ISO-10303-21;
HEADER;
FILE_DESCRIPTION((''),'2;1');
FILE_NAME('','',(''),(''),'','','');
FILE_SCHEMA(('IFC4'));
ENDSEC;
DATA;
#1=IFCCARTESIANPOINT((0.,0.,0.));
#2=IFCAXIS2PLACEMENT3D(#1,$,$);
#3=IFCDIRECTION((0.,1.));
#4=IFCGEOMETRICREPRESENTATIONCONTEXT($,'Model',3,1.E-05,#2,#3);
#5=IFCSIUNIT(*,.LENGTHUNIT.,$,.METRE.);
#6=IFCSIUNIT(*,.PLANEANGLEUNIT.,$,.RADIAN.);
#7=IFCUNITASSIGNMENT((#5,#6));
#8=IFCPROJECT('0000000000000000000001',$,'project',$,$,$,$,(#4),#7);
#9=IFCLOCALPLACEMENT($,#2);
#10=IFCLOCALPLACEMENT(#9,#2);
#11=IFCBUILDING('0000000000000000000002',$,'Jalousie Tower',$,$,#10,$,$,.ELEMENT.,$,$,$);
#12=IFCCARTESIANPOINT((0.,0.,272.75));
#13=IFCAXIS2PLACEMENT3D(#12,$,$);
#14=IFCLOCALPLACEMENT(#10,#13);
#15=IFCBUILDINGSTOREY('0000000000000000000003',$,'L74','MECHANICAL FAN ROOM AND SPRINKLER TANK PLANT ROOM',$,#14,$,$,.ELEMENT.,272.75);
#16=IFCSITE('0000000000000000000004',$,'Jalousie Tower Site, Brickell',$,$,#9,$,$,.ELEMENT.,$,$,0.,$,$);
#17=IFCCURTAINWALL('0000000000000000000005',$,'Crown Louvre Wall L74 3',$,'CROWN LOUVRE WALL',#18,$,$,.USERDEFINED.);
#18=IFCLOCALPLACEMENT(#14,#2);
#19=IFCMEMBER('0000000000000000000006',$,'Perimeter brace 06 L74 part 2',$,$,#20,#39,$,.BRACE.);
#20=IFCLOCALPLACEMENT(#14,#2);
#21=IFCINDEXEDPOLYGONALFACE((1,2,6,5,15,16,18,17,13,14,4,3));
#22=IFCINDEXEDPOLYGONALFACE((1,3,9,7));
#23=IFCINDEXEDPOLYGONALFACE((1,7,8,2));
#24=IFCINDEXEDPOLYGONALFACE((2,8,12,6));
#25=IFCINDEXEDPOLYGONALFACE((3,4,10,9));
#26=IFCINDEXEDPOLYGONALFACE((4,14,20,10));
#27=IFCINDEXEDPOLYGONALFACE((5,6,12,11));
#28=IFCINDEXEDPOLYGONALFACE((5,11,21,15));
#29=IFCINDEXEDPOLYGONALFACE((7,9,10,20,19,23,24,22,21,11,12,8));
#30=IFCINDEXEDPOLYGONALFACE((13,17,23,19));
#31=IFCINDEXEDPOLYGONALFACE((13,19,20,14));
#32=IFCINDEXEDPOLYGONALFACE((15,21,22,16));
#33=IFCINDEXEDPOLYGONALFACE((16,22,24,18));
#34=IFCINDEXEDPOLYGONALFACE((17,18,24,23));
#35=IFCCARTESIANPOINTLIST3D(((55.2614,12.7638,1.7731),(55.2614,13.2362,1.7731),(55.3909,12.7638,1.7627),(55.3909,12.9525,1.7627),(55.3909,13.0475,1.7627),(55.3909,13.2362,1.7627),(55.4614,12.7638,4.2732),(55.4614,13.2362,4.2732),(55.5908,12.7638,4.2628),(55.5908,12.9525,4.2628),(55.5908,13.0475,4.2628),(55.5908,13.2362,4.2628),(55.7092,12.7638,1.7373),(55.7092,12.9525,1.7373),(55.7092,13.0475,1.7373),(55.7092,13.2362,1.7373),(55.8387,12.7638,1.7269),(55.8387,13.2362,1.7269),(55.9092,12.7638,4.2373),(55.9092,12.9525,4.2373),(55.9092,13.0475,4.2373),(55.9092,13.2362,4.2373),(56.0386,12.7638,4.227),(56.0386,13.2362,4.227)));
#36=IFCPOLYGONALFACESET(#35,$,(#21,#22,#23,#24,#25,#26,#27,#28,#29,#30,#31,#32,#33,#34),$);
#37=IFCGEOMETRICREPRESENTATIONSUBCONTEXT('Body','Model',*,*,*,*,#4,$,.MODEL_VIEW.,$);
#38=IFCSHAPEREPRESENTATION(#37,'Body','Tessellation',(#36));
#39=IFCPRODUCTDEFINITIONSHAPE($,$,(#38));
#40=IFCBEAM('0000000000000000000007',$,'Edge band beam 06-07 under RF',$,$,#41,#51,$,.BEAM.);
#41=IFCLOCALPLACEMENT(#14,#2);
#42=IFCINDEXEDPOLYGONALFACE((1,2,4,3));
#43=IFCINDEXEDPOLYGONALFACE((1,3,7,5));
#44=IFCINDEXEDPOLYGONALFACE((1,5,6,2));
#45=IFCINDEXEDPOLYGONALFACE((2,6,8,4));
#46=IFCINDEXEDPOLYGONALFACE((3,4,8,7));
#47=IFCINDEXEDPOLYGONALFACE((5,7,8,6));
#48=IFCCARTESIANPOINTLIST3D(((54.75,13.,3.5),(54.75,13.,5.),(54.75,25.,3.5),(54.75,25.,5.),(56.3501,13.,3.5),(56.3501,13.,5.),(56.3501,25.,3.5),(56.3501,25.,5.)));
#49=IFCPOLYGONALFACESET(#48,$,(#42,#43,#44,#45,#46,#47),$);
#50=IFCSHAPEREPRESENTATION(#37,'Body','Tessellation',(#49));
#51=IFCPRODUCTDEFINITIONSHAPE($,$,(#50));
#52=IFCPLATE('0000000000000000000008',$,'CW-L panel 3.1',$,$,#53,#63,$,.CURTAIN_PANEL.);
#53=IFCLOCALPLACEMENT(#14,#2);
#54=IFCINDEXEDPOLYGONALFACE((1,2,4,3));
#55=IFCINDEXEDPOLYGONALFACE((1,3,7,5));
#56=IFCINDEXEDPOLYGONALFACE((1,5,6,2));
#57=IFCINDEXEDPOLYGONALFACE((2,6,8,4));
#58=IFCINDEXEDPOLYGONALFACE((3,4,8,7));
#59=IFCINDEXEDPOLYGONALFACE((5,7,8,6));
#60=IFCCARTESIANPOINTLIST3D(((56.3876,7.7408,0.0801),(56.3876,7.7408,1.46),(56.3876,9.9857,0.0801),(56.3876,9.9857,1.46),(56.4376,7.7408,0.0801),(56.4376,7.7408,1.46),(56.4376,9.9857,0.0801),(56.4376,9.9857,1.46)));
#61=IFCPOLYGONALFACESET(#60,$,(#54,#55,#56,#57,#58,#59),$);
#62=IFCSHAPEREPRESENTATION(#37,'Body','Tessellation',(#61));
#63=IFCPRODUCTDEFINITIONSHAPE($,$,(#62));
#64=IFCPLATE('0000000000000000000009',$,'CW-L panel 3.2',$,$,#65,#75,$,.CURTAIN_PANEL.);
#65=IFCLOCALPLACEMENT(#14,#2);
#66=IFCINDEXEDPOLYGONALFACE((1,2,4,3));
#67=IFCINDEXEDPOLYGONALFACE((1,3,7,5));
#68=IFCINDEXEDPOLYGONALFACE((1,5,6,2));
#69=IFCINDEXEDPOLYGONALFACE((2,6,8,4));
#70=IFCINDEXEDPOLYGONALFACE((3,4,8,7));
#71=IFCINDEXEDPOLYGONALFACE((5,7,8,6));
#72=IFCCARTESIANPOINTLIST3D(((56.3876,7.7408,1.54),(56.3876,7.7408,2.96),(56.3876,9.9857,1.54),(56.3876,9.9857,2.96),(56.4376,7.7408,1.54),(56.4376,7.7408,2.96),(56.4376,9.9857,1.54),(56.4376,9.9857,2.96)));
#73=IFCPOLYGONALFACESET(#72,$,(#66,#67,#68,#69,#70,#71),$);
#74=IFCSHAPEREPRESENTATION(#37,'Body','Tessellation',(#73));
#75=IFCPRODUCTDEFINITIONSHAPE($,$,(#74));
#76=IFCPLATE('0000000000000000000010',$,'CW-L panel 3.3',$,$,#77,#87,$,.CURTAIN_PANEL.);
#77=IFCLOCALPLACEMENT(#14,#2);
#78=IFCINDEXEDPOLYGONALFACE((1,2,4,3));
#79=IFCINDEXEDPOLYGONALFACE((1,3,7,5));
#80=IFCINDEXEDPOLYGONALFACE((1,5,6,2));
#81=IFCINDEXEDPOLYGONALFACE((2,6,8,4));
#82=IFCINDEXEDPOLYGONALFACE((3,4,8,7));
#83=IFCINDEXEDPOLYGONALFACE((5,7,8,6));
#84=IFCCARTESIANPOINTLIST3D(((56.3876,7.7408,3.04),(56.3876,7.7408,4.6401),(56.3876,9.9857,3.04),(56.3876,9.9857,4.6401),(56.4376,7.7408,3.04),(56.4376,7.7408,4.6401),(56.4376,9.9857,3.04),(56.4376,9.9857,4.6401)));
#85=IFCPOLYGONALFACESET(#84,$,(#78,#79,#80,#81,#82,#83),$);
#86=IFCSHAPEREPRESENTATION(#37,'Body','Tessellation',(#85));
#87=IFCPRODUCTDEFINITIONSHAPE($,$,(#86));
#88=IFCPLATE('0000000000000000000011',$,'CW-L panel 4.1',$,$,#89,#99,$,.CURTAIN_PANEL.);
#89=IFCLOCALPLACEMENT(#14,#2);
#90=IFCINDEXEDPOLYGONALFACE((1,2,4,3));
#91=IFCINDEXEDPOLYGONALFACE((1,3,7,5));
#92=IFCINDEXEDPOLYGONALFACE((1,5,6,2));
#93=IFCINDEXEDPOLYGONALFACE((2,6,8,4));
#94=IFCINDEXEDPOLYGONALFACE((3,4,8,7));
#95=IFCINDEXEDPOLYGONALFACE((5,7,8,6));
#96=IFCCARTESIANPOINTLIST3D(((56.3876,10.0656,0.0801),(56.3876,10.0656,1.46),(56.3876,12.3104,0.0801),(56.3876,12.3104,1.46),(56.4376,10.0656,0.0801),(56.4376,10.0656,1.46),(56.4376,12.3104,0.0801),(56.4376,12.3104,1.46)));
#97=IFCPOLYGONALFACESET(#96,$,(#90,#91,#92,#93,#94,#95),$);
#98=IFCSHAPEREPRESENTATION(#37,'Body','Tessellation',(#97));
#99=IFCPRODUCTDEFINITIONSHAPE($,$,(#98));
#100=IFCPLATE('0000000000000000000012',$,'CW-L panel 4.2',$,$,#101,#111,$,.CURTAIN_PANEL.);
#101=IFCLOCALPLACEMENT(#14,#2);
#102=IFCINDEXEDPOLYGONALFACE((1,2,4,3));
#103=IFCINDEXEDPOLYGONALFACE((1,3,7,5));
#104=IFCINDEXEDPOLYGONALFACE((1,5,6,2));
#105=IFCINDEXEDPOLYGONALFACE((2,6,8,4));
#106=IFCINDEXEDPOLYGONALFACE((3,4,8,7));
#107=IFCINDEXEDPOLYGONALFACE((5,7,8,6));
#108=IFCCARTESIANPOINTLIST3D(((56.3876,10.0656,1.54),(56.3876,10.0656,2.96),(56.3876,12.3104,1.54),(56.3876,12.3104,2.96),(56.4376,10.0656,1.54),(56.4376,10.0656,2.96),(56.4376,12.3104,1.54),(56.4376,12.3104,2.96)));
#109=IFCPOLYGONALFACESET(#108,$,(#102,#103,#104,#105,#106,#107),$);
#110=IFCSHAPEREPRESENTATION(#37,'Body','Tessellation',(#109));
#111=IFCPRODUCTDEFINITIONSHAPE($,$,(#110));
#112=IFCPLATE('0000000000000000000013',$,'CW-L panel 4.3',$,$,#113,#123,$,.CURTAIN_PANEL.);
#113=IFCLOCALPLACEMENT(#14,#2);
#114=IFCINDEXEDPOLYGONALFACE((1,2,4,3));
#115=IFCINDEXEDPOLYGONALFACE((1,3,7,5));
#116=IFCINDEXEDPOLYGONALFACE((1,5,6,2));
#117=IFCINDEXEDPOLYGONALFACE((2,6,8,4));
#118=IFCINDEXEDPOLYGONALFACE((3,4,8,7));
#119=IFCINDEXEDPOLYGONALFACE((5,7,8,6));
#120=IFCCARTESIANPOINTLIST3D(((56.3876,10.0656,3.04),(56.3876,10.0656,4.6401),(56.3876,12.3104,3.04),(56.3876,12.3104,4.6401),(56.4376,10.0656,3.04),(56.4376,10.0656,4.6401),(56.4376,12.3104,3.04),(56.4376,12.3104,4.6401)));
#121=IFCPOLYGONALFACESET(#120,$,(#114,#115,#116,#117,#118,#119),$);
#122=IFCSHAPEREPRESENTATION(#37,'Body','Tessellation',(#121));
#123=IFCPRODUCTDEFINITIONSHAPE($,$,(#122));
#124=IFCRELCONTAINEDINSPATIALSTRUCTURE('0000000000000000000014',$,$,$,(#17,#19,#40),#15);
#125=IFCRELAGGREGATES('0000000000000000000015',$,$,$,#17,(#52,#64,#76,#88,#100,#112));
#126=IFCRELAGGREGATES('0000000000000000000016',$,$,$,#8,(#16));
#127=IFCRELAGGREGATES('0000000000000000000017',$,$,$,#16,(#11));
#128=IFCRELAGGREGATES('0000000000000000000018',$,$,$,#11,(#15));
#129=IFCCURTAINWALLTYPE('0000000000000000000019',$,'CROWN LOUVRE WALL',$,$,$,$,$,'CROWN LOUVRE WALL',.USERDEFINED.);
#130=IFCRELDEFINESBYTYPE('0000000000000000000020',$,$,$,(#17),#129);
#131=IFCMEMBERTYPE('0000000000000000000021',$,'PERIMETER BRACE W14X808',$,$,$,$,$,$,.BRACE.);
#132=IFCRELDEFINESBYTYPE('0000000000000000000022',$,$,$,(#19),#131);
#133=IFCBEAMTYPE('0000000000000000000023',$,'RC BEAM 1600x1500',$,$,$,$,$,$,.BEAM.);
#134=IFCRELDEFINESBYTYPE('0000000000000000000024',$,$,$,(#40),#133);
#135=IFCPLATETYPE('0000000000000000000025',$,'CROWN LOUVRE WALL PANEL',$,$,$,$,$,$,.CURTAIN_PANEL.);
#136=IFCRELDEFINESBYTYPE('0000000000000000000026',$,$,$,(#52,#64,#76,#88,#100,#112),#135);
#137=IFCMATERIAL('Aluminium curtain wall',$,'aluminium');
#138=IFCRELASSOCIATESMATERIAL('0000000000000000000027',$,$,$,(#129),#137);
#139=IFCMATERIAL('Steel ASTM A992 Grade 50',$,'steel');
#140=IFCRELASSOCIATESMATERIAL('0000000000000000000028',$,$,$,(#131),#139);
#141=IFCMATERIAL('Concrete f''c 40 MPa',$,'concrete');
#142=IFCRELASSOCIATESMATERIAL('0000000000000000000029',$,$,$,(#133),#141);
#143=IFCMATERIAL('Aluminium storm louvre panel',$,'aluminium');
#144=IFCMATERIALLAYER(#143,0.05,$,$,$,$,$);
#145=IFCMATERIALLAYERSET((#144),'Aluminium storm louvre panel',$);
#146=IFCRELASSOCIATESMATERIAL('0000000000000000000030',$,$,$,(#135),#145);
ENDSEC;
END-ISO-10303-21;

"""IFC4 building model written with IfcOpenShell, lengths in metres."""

from ifc_helpers import new_model, si_unit, direction, frame, origin, origin_2d, place, context, subcontext, project, spatial, rectangle, i_section, extrude, material, layer, layer_set, material_profile, profile_set, type_object, element, aggregate, save


model = new_model("IFC4")

# Units and contexts
model_context = context("Model", 3, precision=1e-05, world=origin(), true_north=direction((0.0, 1.0)))
body_context = subcontext(model_context, "Body", "Model", "MODEL_VIEW")
ifc_project = project(units=[si_unit("LENGTHUNIT", "METRE"), si_unit("PLANEANGLEUNIT", "RADIAN")], contexts=[model_context])

# Site, building, storey
site_placement = place(None, origin())
site = spatial("IfcSite", under=ifc_project, at=site_placement, Name="Jalousie Tower Site, Brickell", CompositionType="ELEMENT", RefElevation=0.0)
building_placement = place(site_placement, origin())
building = spatial("IfcBuilding", under=site, at=building_placement, Name="Jalousie Tower", CompositionType="ELEMENT")
storey_placement = place(building_placement, frame((0.0, 0.0, 272.75)))
storey = spatial("IfcBuildingStorey", under=building, at=storey_placement, Name="L74", Description="MECHANICAL FAN ROOM AND SPRINKLER TANK PLANT ROOM", CompositionType="ELEMENT", Elevation=272.75)

# Curtain wall
ifc_material_1 = material(Name="Aluminium curtain wall", Category="aluminium")
curtain_wall_type = type_object("IfcCurtainWallType", Name="CROWN LOUVRE WALL", ElementType="CROWN LOUVRE WALL", PredefinedType="USERDEFINED", material=ifc_material_1)
curtain_wall_placement = place(storey_placement, origin())
curtain_wall = element("IfcCurtainWall", 1, at=curtain_wall_placement, inside=storey, type_object=curtain_wall_type, Name="Crown Louvre Wall L74 3", ObjectType="CROWN LOUVRE WALL", PredefinedType="USERDEFINED")

# Member
ifc_material_2 = material(Name="Steel ASTM A992 Grade 50", Category="steel")
ifc_material_profile_1 = material_profile(ifc_material_2, i_section(OverallWidth=0.4724, OverallDepth=0.5791, WebThickness=0.095, FlangeThickness=0.1299, at=origin_2d()), Name="W14X808")
ifc_profile_set_1 = profile_set([ifc_material_profile_1], Name="Steel ASTM A992 Grade 50")
member_type_1 = type_object("IfcMemberType", Name="PERIMETER BRACE W14X808", PredefinedType="BRACE", material=ifc_profile_set_1)
for number, where, z_axis, x_axis, name in (
    (2, (55.55, 13.0, 1.75), (0.079726, 0.0, 0.996817), (0.0, 1.0, 0.0), "Perimeter brace 06 L74 part 2"),
):
    element("IfcMember", number, at=place(storey_placement, frame(where, z_axis=z_axis, x_axis=x_axis)), inside=storey, type_object=member_type_1, Name=name, PredefinedType="BRACE", context=body_context, shape_type="SweptSolid", body=[
        extrude(i_section(OverallWidth=0.4724, OverallDepth=0.5791, WebThickness=0.095, FlangeThickness=0.1299, at=origin_2d()), origin(), (0.0, 0.0, 1.0), 2.5081),
    ])

# Beam
ifc_material_3 = material(Name="Concrete f'c 40 MPa", Category="concrete")
ifc_material_profile_2 = material_profile(ifc_material_3, rectangle(XDim=1.6001, YDim=1.5, at=origin_2d()), Name="RC 1600x1500")
ifc_profile_set_2 = profile_set([ifc_material_profile_2], Name="Concrete f'c 40 MPa")
beam_type = type_object("IfcBeamType", Name="RC BEAM 1600x1500", PredefinedType="BEAM", material=ifc_profile_set_2)
beam_placement = place(storey_placement, frame((55.55, 13.0, 4.25), z_axis=(0.0, 1.0, 0.0), x_axis=(-1.0, 0.0, 0.0)))
element("IfcBeam", 3, at=beam_placement, inside=storey, type_object=beam_type, Name="Edge band beam 06-07 under RF", PredefinedType="BEAM", context=body_context, shape_type="SweptSolid", body=[
    extrude(rectangle(XDim=1.6001, YDim=1.5, at=origin_2d()), origin(), (0.0, 0.0, 1.0), 12.0),
])

# Plates
ifc_material_4 = material(Name="Aluminium storm louvre panel", Category="aluminium")
ifc_layer = layer(ifc_material_4, 0.05)
ifc_layer_set = layer_set([ifc_layer], Name="Aluminium storm louvre panel")
plate_type = type_object("IfcPlateType", Name="CROWN LOUVRE WALL PANEL", PredefinedType="CURTAIN_PANEL", material=ifc_layer_set)
plate_1_placement = place(storey_placement, frame((56.4126, 8.8633, 0.0801), z_axis=(0.0, 0.0, 1.0), x_axis=(0.0, 1.0, 0.0)))
plate_1 = element("IfcPlate", 4, at=plate_1_placement, type_object=plate_type, Name="CW-L panel 3.1", PredefinedType="CURTAIN_PANEL", context=body_context, shape_type="SweptSolid", body=[
    extrude(rectangle(XDim=2.2449, YDim=0.05, at=origin_2d()), origin(), (0.0, 0.0, 1.0), 1.3799),
])
plate_2_placement = place(storey_placement, frame((56.4126, 8.8633, 1.54), z_axis=(0.0, 0.0, 1.0), x_axis=(0.0, 1.0, 0.0)))
plate_2 = element("IfcPlate", 5, at=plate_2_placement, type_object=plate_type, Name="CW-L panel 3.2", PredefinedType="CURTAIN_PANEL", context=body_context, shape_type="SweptSolid", body=[
    extrude(rectangle(XDim=2.2449, YDim=0.05, at=origin_2d()), origin(), (0.0, 0.0, 1.0), 1.4199),
])
plate_3_placement = place(storey_placement, frame((56.4126, 8.8633, 3.04), z_axis=(0.0, 0.0, 1.0), x_axis=(0.0, 1.0, 0.0)))
plate_3 = element("IfcPlate", 6, at=plate_3_placement, type_object=plate_type, Name="CW-L panel 3.3", PredefinedType="CURTAIN_PANEL", context=body_context, shape_type="SweptSolid", body=[
    extrude(rectangle(XDim=2.2449, YDim=0.05, at=origin_2d()), origin(), (0.0, 0.0, 1.0), 1.6001),
])
plate_4_placement = place(storey_placement, frame((56.4126, 11.188, 0.0801), z_axis=(0.0, 0.0, 1.0), x_axis=(0.0, 1.0, 0.0)))
plate_4 = element("IfcPlate", 7, at=plate_4_placement, type_object=plate_type, Name="CW-L panel 4.1", PredefinedType="CURTAIN_PANEL", context=body_context, shape_type="SweptSolid", body=[
    extrude(rectangle(XDim=2.2449, YDim=0.05, at=origin_2d()), origin(), (0.0, 0.0, 1.0), 1.3799),
])
plate_5_placement = place(storey_placement, frame((56.4126, 11.188, 1.54), z_axis=(0.0, 0.0, 1.0), x_axis=(0.0, 1.0, 0.0)))
plate_5 = element("IfcPlate", 8, at=plate_5_placement, type_object=plate_type, Name="CW-L panel 4.2", PredefinedType="CURTAIN_PANEL", context=body_context, shape_type="SweptSolid", body=[
    extrude(rectangle(XDim=2.2449, YDim=0.05, at=origin_2d()), origin(), (0.0, 0.0, 1.0), 1.4199),
])
plate_6_placement = place(storey_placement, frame((56.4126, 11.188, 3.04), z_axis=(0.0, 0.0, 1.0), x_axis=(0.0, 1.0, 0.0)))
plate_6 = element("IfcPlate", 9, at=plate_6_placement, type_object=plate_type, Name="CW-L panel 4.3", PredefinedType="CURTAIN_PANEL", context=body_context, shape_type="SweptSolid", body=[
    extrude(rectangle(XDim=2.2449, YDim=0.05, at=origin_2d()), origin(), (0.0, 0.0, 1.0), 1.6001),
])
aggregate(curtain_wall, [plate_1, plate_2, plate_3, plate_4, plate_5, plate_6])

save(model, "model.ifc")
